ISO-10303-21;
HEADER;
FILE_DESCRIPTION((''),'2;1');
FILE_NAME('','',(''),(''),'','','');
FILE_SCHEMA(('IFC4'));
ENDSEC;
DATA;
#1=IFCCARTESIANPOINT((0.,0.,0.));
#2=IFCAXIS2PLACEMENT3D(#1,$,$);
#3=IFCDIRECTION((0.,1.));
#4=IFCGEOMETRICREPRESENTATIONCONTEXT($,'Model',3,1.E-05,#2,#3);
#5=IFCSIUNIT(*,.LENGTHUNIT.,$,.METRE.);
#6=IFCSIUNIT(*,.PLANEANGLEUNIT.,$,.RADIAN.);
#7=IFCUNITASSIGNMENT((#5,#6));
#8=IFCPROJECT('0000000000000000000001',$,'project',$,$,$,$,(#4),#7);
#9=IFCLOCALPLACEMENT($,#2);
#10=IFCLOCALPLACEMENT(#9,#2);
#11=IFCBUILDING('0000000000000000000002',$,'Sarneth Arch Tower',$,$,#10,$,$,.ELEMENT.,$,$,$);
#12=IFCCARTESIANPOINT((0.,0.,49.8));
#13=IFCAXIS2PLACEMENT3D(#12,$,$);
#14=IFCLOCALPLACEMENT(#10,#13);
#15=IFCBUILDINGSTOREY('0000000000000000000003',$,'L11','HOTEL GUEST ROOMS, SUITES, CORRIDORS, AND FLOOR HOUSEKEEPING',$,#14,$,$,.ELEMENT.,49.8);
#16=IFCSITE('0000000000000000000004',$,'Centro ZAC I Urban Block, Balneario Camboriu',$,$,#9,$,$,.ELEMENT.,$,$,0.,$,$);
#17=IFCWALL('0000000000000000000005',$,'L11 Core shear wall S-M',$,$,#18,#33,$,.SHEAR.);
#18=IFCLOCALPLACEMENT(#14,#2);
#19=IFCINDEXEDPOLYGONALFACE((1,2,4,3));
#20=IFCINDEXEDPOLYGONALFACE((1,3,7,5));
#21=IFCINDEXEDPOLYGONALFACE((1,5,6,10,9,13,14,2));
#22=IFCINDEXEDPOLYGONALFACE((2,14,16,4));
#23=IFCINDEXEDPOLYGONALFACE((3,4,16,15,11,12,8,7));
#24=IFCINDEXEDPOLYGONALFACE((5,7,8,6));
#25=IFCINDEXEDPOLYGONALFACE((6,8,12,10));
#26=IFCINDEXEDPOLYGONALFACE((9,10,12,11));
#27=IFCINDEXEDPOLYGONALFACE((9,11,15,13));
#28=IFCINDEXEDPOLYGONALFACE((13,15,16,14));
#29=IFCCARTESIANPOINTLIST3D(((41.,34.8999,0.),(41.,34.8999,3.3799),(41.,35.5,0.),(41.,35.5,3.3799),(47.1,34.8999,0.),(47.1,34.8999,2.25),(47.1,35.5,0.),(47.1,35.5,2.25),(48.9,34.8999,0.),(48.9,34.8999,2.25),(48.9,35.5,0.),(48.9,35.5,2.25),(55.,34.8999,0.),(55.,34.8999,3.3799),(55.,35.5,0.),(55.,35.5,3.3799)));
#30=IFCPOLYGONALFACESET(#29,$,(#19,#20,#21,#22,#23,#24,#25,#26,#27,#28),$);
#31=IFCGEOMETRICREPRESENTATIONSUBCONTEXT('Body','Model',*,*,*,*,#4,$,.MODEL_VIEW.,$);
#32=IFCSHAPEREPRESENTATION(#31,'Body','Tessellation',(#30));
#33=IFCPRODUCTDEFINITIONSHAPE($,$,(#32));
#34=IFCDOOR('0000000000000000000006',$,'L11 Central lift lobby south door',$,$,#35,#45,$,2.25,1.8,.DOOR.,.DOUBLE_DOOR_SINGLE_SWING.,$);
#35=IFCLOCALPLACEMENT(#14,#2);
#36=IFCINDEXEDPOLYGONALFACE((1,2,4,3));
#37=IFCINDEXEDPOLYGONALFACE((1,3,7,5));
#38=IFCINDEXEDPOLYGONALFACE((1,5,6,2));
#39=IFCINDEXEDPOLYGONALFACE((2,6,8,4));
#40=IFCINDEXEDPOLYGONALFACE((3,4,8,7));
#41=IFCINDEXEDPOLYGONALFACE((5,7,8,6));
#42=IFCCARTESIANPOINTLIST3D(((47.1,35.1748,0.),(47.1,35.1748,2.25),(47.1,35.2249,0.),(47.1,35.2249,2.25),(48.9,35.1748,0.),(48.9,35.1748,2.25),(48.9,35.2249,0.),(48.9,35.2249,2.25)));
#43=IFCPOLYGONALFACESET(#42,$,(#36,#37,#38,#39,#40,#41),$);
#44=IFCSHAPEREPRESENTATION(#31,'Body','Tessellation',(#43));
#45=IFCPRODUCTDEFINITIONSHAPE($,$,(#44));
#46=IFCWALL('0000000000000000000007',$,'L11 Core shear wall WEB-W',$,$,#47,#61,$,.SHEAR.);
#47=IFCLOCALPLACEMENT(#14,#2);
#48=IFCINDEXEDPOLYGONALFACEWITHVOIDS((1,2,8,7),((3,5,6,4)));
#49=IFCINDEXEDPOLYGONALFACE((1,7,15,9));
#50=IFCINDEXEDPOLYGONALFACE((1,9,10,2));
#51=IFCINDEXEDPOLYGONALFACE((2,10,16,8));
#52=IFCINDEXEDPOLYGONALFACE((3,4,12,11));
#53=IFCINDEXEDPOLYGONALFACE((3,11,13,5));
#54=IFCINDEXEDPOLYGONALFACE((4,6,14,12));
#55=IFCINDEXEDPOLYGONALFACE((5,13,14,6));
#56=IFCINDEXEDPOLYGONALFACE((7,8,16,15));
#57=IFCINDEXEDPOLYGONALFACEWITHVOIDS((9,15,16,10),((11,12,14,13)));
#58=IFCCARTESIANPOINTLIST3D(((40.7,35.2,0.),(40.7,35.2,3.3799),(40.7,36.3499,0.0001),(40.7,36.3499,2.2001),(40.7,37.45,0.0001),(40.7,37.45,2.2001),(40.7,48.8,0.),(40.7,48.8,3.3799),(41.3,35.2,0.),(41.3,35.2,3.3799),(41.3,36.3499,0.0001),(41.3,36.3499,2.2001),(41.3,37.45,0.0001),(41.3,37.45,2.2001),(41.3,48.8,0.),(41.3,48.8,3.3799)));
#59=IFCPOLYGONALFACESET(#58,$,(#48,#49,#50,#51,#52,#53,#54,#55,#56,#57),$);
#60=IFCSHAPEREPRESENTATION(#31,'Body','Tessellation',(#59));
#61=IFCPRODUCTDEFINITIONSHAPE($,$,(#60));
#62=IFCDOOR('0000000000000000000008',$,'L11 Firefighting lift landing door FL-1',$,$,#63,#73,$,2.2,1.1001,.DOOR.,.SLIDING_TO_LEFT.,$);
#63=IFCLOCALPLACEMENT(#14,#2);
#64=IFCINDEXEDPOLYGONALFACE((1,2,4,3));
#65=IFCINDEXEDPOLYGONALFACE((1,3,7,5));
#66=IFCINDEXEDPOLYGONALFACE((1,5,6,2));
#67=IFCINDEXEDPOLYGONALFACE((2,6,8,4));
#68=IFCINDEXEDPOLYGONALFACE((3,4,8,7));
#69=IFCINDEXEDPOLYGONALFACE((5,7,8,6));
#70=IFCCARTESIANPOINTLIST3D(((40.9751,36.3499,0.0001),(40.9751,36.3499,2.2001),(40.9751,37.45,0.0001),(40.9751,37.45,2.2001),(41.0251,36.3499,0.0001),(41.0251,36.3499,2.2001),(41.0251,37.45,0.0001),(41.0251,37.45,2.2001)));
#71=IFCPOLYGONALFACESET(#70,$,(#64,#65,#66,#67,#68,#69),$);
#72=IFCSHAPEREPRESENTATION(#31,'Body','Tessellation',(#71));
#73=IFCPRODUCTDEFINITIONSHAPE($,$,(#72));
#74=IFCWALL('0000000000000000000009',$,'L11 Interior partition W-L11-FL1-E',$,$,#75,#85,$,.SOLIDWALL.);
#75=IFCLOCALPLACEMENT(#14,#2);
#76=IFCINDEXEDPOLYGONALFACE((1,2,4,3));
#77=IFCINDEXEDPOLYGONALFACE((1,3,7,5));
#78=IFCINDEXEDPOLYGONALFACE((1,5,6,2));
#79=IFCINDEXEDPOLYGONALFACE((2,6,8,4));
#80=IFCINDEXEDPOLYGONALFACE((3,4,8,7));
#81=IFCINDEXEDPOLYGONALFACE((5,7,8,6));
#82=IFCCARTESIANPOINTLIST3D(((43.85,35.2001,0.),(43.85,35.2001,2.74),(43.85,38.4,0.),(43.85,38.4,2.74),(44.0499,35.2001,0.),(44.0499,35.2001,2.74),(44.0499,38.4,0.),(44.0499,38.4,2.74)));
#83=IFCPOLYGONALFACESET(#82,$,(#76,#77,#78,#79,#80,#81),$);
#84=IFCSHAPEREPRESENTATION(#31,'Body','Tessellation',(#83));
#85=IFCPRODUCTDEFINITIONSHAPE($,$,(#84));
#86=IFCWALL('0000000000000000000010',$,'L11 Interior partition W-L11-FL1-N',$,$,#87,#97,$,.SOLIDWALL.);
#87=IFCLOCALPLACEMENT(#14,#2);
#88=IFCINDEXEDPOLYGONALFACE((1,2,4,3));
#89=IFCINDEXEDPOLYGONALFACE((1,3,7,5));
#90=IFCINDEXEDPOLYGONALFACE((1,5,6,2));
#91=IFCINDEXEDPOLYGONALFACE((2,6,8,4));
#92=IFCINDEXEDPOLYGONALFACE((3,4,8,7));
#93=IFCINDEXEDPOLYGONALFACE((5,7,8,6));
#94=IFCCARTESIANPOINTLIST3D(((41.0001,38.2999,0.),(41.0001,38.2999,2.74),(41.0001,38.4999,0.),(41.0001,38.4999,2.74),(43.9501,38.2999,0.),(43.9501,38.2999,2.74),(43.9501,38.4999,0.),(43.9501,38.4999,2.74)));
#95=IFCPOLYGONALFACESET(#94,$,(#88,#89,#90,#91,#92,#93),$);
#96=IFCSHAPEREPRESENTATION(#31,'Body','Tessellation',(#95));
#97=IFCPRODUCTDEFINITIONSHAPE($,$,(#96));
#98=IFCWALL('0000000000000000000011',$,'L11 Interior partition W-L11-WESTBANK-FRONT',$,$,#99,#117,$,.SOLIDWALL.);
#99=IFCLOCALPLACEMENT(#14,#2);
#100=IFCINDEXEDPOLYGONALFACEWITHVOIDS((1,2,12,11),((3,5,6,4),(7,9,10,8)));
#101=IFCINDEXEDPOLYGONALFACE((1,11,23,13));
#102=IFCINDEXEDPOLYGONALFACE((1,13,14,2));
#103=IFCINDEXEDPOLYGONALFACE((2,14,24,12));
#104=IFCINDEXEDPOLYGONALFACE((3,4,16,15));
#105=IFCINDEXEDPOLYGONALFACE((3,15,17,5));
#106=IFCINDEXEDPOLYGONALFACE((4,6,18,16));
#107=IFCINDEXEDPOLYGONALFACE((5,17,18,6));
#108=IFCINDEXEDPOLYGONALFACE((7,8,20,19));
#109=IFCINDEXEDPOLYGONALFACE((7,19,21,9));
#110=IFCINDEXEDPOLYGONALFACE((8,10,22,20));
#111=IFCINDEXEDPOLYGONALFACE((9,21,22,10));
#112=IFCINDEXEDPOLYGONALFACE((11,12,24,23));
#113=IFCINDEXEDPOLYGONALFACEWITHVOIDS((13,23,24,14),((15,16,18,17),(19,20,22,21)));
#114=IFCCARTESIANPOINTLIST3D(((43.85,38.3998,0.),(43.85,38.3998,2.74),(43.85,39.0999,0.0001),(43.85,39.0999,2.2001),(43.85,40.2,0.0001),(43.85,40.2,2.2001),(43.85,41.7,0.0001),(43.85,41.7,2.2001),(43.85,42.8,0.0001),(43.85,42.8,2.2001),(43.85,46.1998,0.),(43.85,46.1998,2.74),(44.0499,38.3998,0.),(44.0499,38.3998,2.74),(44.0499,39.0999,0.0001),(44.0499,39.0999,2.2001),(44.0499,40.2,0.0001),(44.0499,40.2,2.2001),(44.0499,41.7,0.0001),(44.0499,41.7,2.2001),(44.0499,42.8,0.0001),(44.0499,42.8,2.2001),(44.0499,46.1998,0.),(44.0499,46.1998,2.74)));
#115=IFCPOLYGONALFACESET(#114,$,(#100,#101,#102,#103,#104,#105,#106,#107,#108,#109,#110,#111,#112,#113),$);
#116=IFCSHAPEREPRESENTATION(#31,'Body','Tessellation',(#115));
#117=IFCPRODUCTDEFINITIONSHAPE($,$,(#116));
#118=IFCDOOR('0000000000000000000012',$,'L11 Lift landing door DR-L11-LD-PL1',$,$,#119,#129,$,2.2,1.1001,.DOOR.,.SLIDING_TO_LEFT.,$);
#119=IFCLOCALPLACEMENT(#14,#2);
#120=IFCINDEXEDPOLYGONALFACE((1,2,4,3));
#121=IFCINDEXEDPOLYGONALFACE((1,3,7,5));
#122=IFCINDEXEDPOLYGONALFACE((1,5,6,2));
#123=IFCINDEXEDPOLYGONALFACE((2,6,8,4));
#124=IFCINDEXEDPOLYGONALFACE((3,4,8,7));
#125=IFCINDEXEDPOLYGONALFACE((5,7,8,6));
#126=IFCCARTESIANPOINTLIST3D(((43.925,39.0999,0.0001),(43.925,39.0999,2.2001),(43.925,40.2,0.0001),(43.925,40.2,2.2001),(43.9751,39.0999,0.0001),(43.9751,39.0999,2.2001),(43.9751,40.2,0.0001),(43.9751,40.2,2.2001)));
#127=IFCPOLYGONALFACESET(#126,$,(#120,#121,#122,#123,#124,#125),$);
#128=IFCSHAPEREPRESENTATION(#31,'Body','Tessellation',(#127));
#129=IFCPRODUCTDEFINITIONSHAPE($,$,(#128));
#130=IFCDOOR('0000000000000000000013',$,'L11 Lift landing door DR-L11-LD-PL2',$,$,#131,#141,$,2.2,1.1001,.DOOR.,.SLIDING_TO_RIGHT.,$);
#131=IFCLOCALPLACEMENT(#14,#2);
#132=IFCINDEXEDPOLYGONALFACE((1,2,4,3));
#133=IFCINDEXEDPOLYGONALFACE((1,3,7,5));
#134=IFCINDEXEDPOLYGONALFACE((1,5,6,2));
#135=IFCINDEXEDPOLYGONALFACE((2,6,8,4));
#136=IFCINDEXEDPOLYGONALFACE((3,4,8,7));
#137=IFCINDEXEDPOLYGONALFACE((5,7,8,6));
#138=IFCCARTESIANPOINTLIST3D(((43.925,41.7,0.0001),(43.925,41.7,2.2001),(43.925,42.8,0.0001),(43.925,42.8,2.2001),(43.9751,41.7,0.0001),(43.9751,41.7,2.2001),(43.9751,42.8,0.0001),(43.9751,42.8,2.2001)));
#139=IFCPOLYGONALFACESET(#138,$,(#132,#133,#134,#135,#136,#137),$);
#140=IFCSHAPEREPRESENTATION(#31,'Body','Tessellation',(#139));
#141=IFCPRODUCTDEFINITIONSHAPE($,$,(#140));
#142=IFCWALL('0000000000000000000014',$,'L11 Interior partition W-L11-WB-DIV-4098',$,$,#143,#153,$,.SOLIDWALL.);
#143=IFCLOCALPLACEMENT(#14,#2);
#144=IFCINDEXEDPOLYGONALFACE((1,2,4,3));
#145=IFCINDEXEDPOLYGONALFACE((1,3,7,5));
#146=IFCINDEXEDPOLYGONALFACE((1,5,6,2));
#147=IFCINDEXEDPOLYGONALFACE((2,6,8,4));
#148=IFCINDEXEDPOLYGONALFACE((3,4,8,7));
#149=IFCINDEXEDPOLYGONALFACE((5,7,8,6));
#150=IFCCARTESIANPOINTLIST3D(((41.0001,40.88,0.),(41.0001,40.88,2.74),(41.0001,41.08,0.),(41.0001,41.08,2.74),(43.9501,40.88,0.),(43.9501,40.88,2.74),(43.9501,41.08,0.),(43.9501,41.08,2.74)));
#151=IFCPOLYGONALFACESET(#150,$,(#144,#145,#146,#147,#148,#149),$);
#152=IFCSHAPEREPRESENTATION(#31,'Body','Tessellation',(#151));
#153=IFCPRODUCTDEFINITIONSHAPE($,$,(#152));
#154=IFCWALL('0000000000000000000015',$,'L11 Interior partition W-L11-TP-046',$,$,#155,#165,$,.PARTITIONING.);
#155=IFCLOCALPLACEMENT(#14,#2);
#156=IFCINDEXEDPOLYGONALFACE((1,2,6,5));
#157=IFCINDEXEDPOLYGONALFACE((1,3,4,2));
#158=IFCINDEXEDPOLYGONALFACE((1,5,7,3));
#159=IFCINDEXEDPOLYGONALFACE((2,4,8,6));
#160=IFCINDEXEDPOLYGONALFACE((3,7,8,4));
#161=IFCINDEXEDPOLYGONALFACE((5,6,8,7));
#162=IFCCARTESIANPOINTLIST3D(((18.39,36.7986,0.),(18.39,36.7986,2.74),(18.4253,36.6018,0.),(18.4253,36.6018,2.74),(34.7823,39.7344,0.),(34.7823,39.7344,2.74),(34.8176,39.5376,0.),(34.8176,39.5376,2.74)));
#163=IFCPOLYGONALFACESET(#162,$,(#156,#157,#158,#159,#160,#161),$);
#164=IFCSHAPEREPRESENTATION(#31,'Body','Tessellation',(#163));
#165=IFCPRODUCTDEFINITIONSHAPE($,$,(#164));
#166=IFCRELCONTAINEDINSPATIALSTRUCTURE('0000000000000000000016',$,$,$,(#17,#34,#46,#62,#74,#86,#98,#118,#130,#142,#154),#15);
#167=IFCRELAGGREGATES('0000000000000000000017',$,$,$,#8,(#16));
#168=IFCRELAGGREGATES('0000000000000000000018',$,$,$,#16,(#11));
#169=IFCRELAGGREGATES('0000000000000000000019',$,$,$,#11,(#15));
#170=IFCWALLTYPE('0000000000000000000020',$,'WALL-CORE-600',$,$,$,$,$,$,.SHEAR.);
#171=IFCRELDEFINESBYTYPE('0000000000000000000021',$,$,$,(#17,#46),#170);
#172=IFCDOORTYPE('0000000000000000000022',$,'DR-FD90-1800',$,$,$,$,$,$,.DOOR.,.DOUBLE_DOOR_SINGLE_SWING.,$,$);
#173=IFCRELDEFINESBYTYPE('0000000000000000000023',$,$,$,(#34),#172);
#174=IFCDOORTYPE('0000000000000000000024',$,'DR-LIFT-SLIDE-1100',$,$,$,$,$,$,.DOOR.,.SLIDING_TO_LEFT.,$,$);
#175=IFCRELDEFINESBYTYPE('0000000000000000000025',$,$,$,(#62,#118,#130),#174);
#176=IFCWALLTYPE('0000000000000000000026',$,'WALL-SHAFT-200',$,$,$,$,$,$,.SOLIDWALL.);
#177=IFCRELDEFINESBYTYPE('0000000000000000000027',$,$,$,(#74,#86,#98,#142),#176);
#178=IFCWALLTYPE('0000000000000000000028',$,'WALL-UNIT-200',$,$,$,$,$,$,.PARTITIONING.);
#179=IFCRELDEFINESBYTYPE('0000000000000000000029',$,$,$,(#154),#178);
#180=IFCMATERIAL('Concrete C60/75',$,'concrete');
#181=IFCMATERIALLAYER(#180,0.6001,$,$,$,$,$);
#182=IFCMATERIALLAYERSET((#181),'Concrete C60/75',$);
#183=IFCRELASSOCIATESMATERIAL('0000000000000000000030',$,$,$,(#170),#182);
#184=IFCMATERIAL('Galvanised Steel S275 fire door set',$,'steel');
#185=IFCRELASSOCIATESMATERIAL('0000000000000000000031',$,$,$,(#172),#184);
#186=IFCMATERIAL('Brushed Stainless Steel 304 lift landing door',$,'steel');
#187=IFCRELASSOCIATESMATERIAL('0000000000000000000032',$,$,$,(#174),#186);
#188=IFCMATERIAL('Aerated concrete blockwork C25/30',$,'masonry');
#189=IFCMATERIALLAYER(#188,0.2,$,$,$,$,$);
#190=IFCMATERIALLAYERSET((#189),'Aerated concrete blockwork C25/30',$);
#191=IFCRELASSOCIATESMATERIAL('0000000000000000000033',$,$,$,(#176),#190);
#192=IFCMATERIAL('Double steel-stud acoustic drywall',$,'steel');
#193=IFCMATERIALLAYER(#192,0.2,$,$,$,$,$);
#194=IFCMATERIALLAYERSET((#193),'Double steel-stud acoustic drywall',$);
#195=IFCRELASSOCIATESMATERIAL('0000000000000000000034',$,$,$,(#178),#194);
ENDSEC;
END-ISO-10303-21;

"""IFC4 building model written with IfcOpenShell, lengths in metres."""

from ifc_helpers import new_model, si_unit, direction, frame, frame_2d, origin, place, context, subcontext, project, spatial, rectangle, extrude, material, layer, layer_set, type_object, element, fill, save


model = new_model("IFC4")

# Units and contexts
model_context = context("Model", 3, precision=1e-05, world=origin(), true_north=direction((0.0, 1.0)))
body_context = subcontext(model_context, "Body", "Model", "MODEL_VIEW")
ifc_project = project(units=[si_unit("LENGTHUNIT", "METRE"), si_unit("PLANEANGLEUNIT", "RADIAN")], contexts=[model_context])

# Site, building, storey
site_placement = place(None, origin())
site = spatial("IfcSite", under=ifc_project, at=site_placement, Name="Centro ZAC I Urban Block, Balneario Camboriu", CompositionType="ELEMENT", RefElevation=0.0)
building_placement = place(site_placement, origin())
building = spatial("IfcBuilding", under=site, at=building_placement, Name="Sarneth Arch Tower", CompositionType="ELEMENT")
storey_placement = place(building_placement, frame((0.0, 0.0, 49.8)))
storey = spatial("IfcBuildingStorey", under=building, at=storey_placement, Name="L11", Description="HOTEL GUEST ROOMS, SUITES, CORRIDORS, AND FLOOR HOUSEKEEPING", CompositionType="ELEMENT", Elevation=49.8)

# Walls, openings, doors
ifc_material_1 = material(Name="Concrete C60/75", Category="concrete")
ifc_layer_1 = layer(ifc_material_1, 0.6001)
ifc_layer_set_1 = layer_set([ifc_layer_1], Name="Concrete C60/75")
wall_type_1 = type_object("IfcWallType", Name="WALL-CORE-600", PredefinedType="SHEAR", material=ifc_layer_set_1)
wall_1_placement = place(storey_placement, frame((41.0, 35.2, 0.0), z_axis=(0.0, 0.0, 1.0), x_axis=(1.0, 0.0, 0.0)))
wall_1 = element("IfcWall", 1, at=wall_1_placement, inside=storey, type_object=wall_type_1, Name="L11 Core shear wall S-M", PredefinedType="SHEAR", context=body_context, shape_type="SweptSolid", body=[
    extrude(rectangle(XDim=14.0, YDim=0.6001, at=frame_2d((7.0, 0.0))), origin(), (0.0, 0.0, 1.0), 3.3799),
])
opening_1_placement = place(wall_1_placement, frame((6.1001, 0.0, 0.0)))
opening_1 = element("IfcOpeningElement", 2, at=opening_1_placement, cuts=wall_1, PredefinedType="OPENING", context=body_context, shape_type="SweptSolid", body=[
    extrude(rectangle(XDim=1.8, YDim=2.25, at=frame_2d((0.8999, 1.125))), frame((0.0, 0.3101, 0.0), z_axis=(0.0, -1.0, 0.0), x_axis=(1.0, 0.0, 0.0)), (0.0, 0.0, 1.0), 0.6201),
])
ifc_material_2 = material(Name="Galvanised Steel S275 fire door set", Category="steel")
door_type_1 = type_object("IfcDoorType", Name="DR-FD90-1800", OperationType="DOUBLE_DOOR_SINGLE_SWING", PredefinedType="DOOR", material=ifc_material_2)
door_1_placement = place(opening_1_placement, origin())
door_1 = element("IfcDoor", 3, at=door_1_placement, inside=storey, type_object=door_type_1, Name="L11 Central lift lobby south door", OperationType="DOUBLE_DOOR_SINGLE_SWING", OverallHeight=2.25, OverallWidth=1.8, PredefinedType="DOOR", context=body_context, shape_type="SweptSolid", body=[
    extrude(rectangle(XDim=1.8, YDim=2.25, at=frame_2d((0.8999, 1.125))), frame((0.0, 0.0249, 0.0), z_axis=(0.0, -1.0, 0.0), x_axis=(1.0, 0.0, 0.0)), (0.0, 0.0, 1.0), 0.05),
])
fill(opening_1, door_1)
wall_2_placement = place(storey_placement, frame((41.0, 35.2, 0.0), z_axis=(0.0, 0.0, 1.0), x_axis=(0.0, 1.0, 0.0)))
wall_2 = element("IfcWall", 4, at=wall_2_placement, inside=storey, type_object=wall_type_1, Name="L11 Core shear wall WEB-W", PredefinedType="SHEAR", context=body_context, shape_type="SweptSolid", body=[
    extrude(rectangle(XDim=13.6001, YDim=0.6001, at=frame_2d((6.8, 0.0))), origin(), (0.0, 0.0, 1.0), 3.3799),
])
opening_2_placement = place(wall_2_placement, frame((1.1499, 0.0, 0.0)))
opening_2 = element("IfcOpeningElement", 5, at=opening_2_placement, cuts=wall_2, PredefinedType="OPENING", context=body_context, shape_type="SweptSolid", body=[
    extrude(rectangle(XDim=1.1001, YDim=2.2, at=frame_2d((0.55, 1.1001))), frame((0.0, 0.3101, 0.0), z_axis=(0.0, -1.0, 0.0), x_axis=(1.0, 0.0, 0.0)), (0.0, 0.0, 1.0), 0.6201),
])
ifc_material_3 = material(Name="Brushed Stainless Steel 304 lift landing door", Category="steel")
door_type_2 = type_object("IfcDoorType", Name="DR-LIFT-SLIDE-1100", OperationType="SLIDING_TO_LEFT", PredefinedType="DOOR", material=ifc_material_3)
door_2_placement = place(opening_2_placement, origin())
door_2 = element("IfcDoor", 6, at=door_2_placement, inside=storey, type_object=door_type_2, Name="L11 Firefighting lift landing door FL-1", OperationType="SLIDING_TO_LEFT", OverallHeight=2.2, OverallWidth=1.1001, PredefinedType="DOOR", context=body_context, shape_type="SweptSolid", body=[
    extrude(rectangle(XDim=1.1001, YDim=2.2, at=frame_2d((0.55, 1.1001))), frame((0.0, 0.0249, 0.0), z_axis=(0.0, -1.0, 0.0), x_axis=(1.0, 0.0, 0.0)), (0.0, 0.0, 1.0), 0.05),
])
fill(opening_2, door_2)
ifc_material_4 = material(Name="Aerated concrete blockwork C25/30", Category="masonry")
ifc_layer_2 = layer(ifc_material_4, 0.2)
ifc_layer_set_2 = layer_set([ifc_layer_2], Name="Aerated concrete blockwork C25/30")
wall_type_2 = type_object("IfcWallType", Name="WALL-SHAFT-200", PredefinedType="SOLIDWALL", material=ifc_layer_set_2)

# Walls
wall_3_placement = place(storey_placement, frame((43.95, 35.2, 0.0), z_axis=(0.0, 0.0, 1.0), x_axis=(0.0, 1.0, 0.0)))
element("IfcWall", 7, at=wall_3_placement, inside=storey, type_object=wall_type_2, Name="L11 Interior partition W-L11-FL1-E", PredefinedType="SOLIDWALL", context=body_context, shape_type="SweptSolid", body=[
    extrude(rectangle(XDim=3.2, YDim=0.2, at=frame_2d((1.6001, 0.0))), origin(), (0.0, 0.0, 1.0), 2.74),
])
wall_4_placement = place(storey_placement, frame((41.0, 38.3999, 0.0), z_axis=(0.0, 0.0, 1.0), x_axis=(1.0, 0.0, 0.0)))
element("IfcWall", 8, at=wall_4_placement, inside=storey, type_object=wall_type_2, Name="L11 Interior partition W-L11-FL1-N", PredefinedType="SOLIDWALL", context=body_context, shape_type="SweptSolid", body=[
    extrude(rectangle(XDim=2.95, YDim=0.2, at=frame_2d((1.4751, 0.0))), origin(), (0.0, 0.0, 1.0), 2.74),
])

# Wall, openings, doors
wall_5_placement = place(storey_placement, frame((43.95, 38.3999, 0.0), z_axis=(0.0, 0.0, 1.0), x_axis=(0.0, 1.0, 0.0)))
wall_5 = element("IfcWall", 9, at=wall_5_placement, inside=storey, type_object=wall_type_2, Name="L11 Interior partition W-L11-WESTBANK-FRONT", PredefinedType="SOLIDWALL", context=body_context, shape_type="SweptSolid", body=[
    extrude(rectangle(XDim=7.8, YDim=0.2, at=frame_2d((3.8999, 0.0))), origin(), (0.0, 0.0, 1.0), 2.74),
])
opening_3_placement = place(wall_5_placement, frame((0.7, 0.0, 0.0)))
opening_3 = element("IfcOpeningElement", 10, at=opening_3_placement, cuts=wall_5, PredefinedType="OPENING", context=body_context, shape_type="SweptSolid", body=[
    extrude(rectangle(XDim=1.1001, YDim=2.2, at=frame_2d((0.55, 1.1001))), frame((0.0, 0.1099, 0.0), z_axis=(0.0, -1.0, 0.0), x_axis=(1.0, 0.0, 0.0)), (0.0, 0.0, 1.0), 0.22),
])
opening_4_placement = place(wall_5_placement, frame((3.3, 0.0, 0.0)))
opening_4 = element("IfcOpeningElement", 11, at=opening_4_placement, cuts=wall_5, PredefinedType="OPENING", context=body_context, shape_type="SweptSolid", body=[
    extrude(rectangle(XDim=1.1001, YDim=2.2, at=frame_2d((0.55, 1.1001))), frame((0.0, 0.1099, 0.0), z_axis=(0.0, -1.0, 0.0), x_axis=(1.0, 0.0, 0.0)), (0.0, 0.0, 1.0), 0.22),
])
door_3_placement = place(opening_3_placement, origin())
door_3 = element("IfcDoor", 12, at=door_3_placement, inside=storey, type_object=door_type_2, Name="L11 Lift landing door DR-L11-LD-PL1", OperationType="SLIDING_TO_LEFT", OverallHeight=2.2, OverallWidth=1.1001, PredefinedType="DOOR", context=body_context, shape_type="SweptSolid", body=[
    extrude(rectangle(XDim=1.1001, YDim=2.2, at=frame_2d((0.55, 1.1001))), frame((0.0, 0.0249, 0.0), z_axis=(0.0, -1.0, 0.0), x_axis=(1.0, 0.0, 0.0)), (0.0, 0.0, 1.0), 0.05),
])
fill(opening_3, door_3)
door_4_placement = place(opening_4_placement, origin())
door_4 = element("IfcDoor", 13, at=door_4_placement, inside=storey, type_object=door_type_2, Name="L11 Lift landing door DR-L11-LD-PL2", OperationType="SLIDING_TO_RIGHT", OverallHeight=2.2, OverallWidth=1.1001, PredefinedType="DOOR", context=body_context, shape_type="SweptSolid", body=[
    extrude(rectangle(XDim=1.1001, YDim=2.2, at=frame_2d((0.55, 1.1001))), frame((0.0, 0.0249, 0.0), z_axis=(0.0, -1.0, 0.0), x_axis=(1.0, 0.0, 0.0)), (0.0, 0.0, 1.0), 0.05),
])
fill(opening_4, door_4)

# Walls
wall_6_placement = place(storey_placement, frame((41.0, 40.98, 0.0), z_axis=(0.0, 0.0, 1.0), x_axis=(1.0, 0.0, 0.0)))
element("IfcWall", 14, at=wall_6_placement, inside=storey, type_object=wall_type_2, Name="L11 Interior partition W-L11-WB-DIV-4098", PredefinedType="SOLIDWALL", context=body_context, shape_type="SweptSolid", body=[
    extrude(rectangle(XDim=2.95, YDim=0.2, at=frame_2d((1.4751, 0.0))), origin(), (0.0, 0.0, 1.0), 2.74),
])
ifc_material_5 = material(Name="Double steel-stud acoustic drywall", Category="steel")
ifc_layer_3 = layer(ifc_material_5, 0.2)
ifc_layer_set_3 = layer_set([ifc_layer_3], Name="Double steel-stud acoustic drywall")
wall_type_3 = type_object("IfcWallType", Name="WALL-UNIT-200", PredefinedType="PARTITIONING", material=ifc_layer_set_3)
wall_7_placement = place(storey_placement, frame((34.8, 39.636, 0.0), z_axis=(0.0, 0.0, 1.0), x_axis=(-0.984338, -0.17629, 0.0)))
element("IfcWall", 15, at=wall_7_placement, inside=storey, type_object=wall_type_3, Name="L11 Interior partition W-L11-TP-046", PredefinedType="PARTITIONING", context=body_context, shape_type="SweptSolid", body=[
    extrude(rectangle(XDim=16.6531, YDim=0.2, at=frame_2d((8.3267, 0.0))), origin(), (0.0, 0.0, 1.0), 2.74),
])

save(model, "model.ifc")
